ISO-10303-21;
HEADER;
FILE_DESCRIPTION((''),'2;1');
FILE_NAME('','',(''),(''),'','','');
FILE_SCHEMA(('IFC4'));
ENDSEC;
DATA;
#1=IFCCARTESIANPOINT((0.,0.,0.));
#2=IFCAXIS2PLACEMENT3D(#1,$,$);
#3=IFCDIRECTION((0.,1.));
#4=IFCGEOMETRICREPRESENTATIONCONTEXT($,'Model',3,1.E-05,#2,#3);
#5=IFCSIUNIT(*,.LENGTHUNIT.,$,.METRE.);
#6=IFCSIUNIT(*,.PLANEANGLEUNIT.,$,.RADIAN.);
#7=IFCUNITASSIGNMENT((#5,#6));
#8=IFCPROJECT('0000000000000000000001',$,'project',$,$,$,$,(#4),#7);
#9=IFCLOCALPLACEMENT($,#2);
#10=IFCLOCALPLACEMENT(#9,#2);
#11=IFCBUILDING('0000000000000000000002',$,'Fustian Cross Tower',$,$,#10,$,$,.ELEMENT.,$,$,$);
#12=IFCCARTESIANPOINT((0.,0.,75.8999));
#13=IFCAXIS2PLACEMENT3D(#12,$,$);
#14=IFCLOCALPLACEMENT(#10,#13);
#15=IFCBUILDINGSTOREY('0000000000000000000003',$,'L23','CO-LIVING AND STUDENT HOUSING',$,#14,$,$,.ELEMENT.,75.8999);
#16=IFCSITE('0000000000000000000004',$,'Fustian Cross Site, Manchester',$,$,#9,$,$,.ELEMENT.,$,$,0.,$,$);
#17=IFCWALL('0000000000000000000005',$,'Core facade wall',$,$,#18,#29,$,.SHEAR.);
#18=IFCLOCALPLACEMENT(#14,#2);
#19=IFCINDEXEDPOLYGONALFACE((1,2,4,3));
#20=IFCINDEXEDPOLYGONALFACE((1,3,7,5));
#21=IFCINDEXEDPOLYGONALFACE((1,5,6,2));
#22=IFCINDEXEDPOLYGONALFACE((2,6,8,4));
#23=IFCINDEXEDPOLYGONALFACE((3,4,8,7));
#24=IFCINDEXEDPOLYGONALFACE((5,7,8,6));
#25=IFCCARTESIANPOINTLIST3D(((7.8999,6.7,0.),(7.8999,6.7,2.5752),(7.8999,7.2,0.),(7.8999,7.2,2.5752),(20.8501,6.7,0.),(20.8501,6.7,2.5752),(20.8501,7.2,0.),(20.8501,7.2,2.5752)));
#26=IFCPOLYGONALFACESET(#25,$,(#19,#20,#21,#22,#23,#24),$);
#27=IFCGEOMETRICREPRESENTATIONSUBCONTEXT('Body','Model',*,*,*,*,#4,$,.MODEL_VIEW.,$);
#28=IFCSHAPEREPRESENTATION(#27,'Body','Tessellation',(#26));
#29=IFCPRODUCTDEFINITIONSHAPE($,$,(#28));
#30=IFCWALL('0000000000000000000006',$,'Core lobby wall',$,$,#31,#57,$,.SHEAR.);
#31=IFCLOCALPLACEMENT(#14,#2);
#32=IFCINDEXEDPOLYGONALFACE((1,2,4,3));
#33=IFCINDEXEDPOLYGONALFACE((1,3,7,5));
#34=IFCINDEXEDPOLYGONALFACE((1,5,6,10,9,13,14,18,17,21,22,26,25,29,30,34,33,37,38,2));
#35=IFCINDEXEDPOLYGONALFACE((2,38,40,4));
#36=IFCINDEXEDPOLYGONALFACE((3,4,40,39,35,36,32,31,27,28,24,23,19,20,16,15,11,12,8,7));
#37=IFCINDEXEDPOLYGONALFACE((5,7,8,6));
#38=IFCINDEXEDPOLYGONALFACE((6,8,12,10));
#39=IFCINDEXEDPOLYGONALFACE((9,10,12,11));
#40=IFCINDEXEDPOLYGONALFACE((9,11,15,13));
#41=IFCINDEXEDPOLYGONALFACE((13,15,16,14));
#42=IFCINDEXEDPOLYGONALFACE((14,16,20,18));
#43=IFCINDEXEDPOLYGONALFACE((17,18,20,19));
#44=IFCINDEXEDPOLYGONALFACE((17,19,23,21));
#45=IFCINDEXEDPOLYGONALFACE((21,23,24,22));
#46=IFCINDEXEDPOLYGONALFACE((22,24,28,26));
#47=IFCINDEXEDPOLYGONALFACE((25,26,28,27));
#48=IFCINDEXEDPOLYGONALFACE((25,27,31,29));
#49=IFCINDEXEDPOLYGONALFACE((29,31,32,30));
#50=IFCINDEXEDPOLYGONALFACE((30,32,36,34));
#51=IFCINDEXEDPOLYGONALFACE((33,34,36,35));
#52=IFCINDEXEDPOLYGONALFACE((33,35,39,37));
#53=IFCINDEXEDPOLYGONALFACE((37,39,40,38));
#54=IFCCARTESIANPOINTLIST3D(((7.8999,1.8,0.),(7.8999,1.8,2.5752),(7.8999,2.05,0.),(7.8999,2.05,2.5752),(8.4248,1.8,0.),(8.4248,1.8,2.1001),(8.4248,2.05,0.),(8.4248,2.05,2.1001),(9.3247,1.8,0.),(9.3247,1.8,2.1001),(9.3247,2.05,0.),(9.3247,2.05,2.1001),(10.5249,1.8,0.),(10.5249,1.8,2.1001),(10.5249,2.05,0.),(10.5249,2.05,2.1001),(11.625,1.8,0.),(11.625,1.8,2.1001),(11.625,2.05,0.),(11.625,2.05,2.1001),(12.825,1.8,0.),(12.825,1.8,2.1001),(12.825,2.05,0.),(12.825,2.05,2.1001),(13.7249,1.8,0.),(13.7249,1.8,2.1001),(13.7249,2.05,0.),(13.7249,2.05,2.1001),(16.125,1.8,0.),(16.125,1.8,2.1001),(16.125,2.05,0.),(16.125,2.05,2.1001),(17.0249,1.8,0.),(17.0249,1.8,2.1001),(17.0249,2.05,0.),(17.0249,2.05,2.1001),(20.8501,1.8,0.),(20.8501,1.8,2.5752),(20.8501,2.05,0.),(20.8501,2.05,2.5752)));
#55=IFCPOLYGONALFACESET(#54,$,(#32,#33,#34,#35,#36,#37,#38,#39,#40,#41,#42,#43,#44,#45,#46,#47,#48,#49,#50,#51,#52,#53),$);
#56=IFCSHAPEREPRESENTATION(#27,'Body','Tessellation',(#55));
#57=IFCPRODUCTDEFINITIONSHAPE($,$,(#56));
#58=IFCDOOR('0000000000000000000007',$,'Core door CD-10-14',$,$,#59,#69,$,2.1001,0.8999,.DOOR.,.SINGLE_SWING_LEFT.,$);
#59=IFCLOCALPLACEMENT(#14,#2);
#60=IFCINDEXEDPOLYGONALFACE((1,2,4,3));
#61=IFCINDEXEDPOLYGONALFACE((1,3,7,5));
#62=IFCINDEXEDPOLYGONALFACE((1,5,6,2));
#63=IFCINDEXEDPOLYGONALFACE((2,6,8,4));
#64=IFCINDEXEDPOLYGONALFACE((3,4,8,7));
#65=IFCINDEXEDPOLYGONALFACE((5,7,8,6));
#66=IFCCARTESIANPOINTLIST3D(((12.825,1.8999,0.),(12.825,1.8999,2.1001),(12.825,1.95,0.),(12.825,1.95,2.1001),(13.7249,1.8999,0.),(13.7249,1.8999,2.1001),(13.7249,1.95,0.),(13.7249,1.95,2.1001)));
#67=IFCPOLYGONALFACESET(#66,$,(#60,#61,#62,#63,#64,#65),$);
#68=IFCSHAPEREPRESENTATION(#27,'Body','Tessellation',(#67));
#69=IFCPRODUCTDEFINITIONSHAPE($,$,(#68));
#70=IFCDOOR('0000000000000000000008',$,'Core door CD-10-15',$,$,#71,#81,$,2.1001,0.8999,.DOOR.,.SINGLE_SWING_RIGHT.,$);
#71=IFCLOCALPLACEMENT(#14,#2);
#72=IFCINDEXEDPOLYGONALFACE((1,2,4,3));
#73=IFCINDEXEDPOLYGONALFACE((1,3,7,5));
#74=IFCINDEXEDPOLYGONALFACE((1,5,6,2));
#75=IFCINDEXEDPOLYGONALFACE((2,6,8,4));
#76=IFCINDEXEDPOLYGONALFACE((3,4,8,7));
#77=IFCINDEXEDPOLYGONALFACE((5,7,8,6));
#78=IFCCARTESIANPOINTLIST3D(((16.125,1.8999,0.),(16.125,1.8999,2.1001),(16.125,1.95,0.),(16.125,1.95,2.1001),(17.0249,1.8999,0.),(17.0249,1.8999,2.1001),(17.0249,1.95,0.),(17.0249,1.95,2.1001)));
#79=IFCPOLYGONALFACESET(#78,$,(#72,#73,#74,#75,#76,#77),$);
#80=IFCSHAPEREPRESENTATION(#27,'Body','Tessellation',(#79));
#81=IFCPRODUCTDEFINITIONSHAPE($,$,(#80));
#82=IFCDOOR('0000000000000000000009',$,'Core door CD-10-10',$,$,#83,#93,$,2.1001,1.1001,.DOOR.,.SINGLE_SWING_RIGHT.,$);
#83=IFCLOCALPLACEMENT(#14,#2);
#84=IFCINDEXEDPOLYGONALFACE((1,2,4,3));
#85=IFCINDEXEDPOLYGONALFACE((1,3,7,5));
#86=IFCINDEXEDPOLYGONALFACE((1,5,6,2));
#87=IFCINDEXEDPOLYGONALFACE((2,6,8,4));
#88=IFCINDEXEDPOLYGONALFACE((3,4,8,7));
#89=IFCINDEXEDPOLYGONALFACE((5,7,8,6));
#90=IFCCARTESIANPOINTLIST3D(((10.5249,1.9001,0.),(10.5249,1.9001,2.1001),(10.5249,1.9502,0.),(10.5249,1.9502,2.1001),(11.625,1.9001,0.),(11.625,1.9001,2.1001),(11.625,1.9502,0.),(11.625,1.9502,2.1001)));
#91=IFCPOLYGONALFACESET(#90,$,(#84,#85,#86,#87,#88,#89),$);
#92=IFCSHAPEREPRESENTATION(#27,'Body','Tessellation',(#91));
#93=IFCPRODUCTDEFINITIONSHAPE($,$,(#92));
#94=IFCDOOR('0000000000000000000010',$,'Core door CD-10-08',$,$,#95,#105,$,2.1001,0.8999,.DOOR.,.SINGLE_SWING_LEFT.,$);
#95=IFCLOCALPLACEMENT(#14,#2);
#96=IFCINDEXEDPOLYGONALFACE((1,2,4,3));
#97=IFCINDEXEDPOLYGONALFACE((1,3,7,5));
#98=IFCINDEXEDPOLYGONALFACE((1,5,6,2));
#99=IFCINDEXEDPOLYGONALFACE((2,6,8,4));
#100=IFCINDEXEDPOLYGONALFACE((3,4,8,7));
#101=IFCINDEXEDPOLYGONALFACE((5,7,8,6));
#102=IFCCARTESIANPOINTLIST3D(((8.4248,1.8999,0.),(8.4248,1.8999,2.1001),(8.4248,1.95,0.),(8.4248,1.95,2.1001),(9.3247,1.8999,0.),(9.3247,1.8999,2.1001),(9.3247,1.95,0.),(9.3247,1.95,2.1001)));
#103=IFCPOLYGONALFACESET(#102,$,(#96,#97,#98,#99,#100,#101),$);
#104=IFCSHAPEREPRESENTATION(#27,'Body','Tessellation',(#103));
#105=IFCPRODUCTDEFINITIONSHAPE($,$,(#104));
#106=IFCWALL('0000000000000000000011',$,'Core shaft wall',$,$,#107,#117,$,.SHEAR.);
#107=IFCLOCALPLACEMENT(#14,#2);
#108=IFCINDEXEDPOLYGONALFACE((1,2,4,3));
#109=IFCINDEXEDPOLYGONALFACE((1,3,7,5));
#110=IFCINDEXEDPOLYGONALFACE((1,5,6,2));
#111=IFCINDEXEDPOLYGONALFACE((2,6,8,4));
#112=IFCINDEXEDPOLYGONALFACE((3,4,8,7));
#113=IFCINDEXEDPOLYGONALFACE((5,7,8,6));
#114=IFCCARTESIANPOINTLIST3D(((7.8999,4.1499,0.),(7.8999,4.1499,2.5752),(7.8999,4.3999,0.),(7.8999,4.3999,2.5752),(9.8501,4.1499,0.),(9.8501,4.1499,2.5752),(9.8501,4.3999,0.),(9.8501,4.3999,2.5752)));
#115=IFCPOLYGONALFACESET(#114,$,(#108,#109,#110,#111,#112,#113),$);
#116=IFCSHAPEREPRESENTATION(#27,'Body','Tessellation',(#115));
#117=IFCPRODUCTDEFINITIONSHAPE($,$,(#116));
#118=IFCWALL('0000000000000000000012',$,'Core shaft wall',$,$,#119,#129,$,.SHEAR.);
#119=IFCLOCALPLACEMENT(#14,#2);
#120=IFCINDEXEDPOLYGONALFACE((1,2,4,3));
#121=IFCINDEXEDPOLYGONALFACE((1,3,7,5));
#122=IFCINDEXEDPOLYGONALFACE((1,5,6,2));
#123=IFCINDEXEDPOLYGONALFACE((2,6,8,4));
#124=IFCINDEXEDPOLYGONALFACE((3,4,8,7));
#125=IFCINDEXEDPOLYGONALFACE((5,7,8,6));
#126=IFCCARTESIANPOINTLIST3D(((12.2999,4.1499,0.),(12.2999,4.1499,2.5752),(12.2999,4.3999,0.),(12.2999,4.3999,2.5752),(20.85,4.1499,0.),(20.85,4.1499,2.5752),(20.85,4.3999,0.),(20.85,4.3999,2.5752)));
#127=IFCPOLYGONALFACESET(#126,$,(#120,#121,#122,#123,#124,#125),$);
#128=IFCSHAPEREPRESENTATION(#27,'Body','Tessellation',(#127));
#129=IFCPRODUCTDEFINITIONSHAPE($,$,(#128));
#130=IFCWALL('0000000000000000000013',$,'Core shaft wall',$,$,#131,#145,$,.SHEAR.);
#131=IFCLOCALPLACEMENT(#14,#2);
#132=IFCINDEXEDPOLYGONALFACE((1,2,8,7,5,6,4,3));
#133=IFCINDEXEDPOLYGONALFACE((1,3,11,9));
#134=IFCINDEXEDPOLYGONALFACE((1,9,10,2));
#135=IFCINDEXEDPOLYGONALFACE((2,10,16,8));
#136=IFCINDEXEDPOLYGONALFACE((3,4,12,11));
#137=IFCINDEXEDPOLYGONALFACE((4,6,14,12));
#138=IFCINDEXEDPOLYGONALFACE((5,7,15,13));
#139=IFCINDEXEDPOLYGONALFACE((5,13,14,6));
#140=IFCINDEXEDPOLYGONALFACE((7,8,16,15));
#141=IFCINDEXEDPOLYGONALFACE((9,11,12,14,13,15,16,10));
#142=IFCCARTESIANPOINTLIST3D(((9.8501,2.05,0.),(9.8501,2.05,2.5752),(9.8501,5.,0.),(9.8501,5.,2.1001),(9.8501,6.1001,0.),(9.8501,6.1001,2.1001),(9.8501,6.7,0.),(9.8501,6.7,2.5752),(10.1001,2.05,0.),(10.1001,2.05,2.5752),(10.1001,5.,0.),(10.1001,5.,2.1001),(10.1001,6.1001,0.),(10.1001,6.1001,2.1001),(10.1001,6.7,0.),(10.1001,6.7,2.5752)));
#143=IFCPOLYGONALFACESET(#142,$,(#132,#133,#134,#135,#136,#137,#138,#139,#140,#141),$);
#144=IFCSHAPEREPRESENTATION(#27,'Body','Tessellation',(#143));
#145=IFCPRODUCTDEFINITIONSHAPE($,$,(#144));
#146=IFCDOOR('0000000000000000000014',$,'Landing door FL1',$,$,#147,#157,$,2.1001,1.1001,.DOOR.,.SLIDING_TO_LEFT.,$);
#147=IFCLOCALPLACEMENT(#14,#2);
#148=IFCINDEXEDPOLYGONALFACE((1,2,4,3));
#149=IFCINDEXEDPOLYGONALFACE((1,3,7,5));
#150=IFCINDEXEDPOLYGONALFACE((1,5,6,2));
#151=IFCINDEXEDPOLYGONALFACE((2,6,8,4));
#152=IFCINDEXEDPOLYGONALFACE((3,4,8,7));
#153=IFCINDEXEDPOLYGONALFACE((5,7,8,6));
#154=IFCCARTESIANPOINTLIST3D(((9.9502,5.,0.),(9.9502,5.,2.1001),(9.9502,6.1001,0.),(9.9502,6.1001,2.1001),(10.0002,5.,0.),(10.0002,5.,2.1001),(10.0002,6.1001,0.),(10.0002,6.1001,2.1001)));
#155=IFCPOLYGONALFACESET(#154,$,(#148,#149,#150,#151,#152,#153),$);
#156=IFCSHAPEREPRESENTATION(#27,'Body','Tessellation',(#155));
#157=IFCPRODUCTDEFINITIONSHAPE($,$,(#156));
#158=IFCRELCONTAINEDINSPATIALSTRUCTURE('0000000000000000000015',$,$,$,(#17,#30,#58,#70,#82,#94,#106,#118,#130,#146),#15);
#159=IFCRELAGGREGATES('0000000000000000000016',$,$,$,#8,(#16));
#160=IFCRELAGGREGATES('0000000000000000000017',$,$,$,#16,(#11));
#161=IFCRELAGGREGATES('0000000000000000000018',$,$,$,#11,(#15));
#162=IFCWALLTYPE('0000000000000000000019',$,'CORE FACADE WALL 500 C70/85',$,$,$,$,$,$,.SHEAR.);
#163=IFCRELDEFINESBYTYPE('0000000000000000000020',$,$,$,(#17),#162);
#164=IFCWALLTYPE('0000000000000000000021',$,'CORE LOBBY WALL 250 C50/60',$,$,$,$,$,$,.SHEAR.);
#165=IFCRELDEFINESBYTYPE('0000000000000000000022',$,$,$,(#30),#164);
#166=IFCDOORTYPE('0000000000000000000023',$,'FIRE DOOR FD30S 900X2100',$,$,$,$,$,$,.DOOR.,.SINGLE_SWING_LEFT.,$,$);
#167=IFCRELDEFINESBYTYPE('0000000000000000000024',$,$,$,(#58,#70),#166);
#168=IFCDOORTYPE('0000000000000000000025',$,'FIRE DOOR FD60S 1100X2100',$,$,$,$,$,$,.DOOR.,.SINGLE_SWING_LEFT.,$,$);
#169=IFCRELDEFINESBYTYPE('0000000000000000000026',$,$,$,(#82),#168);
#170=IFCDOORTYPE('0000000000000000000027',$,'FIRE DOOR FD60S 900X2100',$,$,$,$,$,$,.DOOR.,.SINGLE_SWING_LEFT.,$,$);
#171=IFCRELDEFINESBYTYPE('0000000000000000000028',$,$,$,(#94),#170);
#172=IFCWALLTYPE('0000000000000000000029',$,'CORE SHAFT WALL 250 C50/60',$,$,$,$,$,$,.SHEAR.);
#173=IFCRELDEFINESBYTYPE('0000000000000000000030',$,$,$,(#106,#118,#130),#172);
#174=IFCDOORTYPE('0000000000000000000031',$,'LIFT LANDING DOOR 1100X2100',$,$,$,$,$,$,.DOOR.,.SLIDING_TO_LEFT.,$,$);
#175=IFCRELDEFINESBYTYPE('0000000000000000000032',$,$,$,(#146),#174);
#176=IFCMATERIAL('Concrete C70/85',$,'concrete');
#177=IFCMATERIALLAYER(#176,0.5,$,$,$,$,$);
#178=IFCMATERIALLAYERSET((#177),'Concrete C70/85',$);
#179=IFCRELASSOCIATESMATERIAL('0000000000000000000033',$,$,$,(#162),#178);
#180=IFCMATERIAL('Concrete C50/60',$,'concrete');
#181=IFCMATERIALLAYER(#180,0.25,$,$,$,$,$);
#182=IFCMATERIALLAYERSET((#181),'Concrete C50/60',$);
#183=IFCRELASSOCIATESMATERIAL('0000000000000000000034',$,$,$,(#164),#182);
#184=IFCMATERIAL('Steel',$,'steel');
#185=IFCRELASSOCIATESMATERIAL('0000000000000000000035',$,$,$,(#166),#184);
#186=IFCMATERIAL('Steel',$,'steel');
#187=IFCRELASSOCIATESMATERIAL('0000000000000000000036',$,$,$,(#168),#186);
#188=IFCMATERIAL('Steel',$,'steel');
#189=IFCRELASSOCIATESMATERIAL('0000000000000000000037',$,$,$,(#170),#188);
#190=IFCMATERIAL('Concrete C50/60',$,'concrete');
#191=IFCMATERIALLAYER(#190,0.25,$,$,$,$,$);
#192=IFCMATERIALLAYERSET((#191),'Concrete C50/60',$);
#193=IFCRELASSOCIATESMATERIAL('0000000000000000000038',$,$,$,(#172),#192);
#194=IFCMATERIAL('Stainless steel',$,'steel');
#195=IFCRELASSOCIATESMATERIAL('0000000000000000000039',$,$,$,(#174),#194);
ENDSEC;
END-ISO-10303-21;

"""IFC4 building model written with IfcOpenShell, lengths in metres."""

from ifc_helpers import new_model, si_unit, direction, frame, frame_2d, origin, place, context, subcontext, project, spatial, rectangle, extrude, material, layer, layer_set, type_object, element, fill, save


model = new_model("IFC4")

# Units and contexts
model_context = context("Model", 3, precision=1e-05, world=origin(), true_north=direction((0.0, 1.0)))
body_context = subcontext(model_context, "Body", "Model", "MODEL_VIEW")
ifc_project = project(units=[si_unit("LENGTHUNIT", "METRE"), si_unit("PLANEANGLEUNIT", "RADIAN")], contexts=[model_context])

# Site, building, storey
site_placement = place(None, origin())
site = spatial("IfcSite", under=ifc_project, at=site_placement, Name="Fustian Cross Site, Manchester", CompositionType="ELEMENT", RefElevation=0.0)
building_placement = place(site_placement, origin())
building = spatial("IfcBuilding", under=site, at=building_placement, Name="Fustian Cross Tower", CompositionType="ELEMENT")
storey_placement = place(building_placement, frame((0.0, 0.0, 75.8999)))
storey = spatial("IfcBuildingStorey", under=building, at=storey_placement, Name="L23", Description="CO-LIVING AND STUDENT HOUSING", CompositionType="ELEMENT", Elevation=75.8999)

# Wall
ifc_material_1 = material(Name="Concrete C70/85", Category="concrete")
ifc_layer_1 = layer(ifc_material_1, 0.5)
ifc_layer_set_1 = layer_set([ifc_layer_1], Name="Concrete C70/85")
wall_type_1 = type_object("IfcWallType", Name="CORE FACADE WALL 500 C70/85", PredefinedType="SHEAR", material=ifc_layer_set_1)
wall_1_placement = place(storey_placement, frame((7.8999, 6.95, 0.0), z_axis=(0.0, 0.0, 1.0), x_axis=(1.0, 0.0, 0.0)))
element("IfcWall", 1, at=wall_1_placement, inside=storey, type_object=wall_type_1, Name="Core facade wall", PredefinedType="SHEAR", context=body_context, shape_type="SweptSolid", body=[
    extrude(rectangle(XDim=12.9502, YDim=0.5, at=frame_2d((6.4751, 0.0))), origin(), (0.0, 0.0, 1.0), 2.5752),
])

# Wall, openings, doors
ifc_material_2 = material(Name="Concrete C50/60", Category="concrete")
ifc_layer_2 = layer(ifc_material_2, 0.25)
ifc_layer_set_2 = layer_set([ifc_layer_2], Name="Concrete C50/60")
wall_type_2 = type_object("IfcWallType", Name="CORE LOBBY WALL 250 C50/60", PredefinedType="SHEAR", material=ifc_layer_set_2)
wall_2_placement = place(storey_placement, frame((7.8999, 1.925, 0.0), z_axis=(0.0, 0.0, 1.0), x_axis=(1.0, 0.0, 0.0)))
wall_2 = element("IfcWall", 2, at=wall_2_placement, inside=storey, type_object=wall_type_2, Name="Core lobby wall", PredefinedType="SHEAR", context=body_context, shape_type="SweptSolid", body=[
    extrude(rectangle(XDim=12.9502, YDim=0.25, at=frame_2d((6.4751, 0.0))), origin(), (0.0, 0.0, 1.0), 2.5752),
])
opening_1_placement = place(wall_2_placement, frame((0.5249, 0.0, 0.0)))
opening_1 = element("IfcOpeningElement", 3, at=opening_1_placement, cuts=wall_2, PredefinedType="OPENING", context=body_context, shape_type="SweptSolid", body=[
    extrude(rectangle(XDim=0.8999, YDim=2.1001, at=frame_2d((0.45, 1.05))), frame((0.0, 0.135, 0.0), z_axis=(0.0, -1.0, 0.0), x_axis=(1.0, 0.0, 0.0)), (0.0, 0.0, 1.0), 0.27),
])
opening_2_placement = place(wall_2_placement, frame((2.625, 0.0, 0.0)))
opening_2 = element("IfcOpeningElement", 4, at=opening_2_placement, cuts=wall_2, PredefinedType="OPENING", context=body_context, shape_type="SweptSolid", body=[
    extrude(rectangle(XDim=1.1001, YDim=2.1001, at=frame_2d((0.55, 1.05))), frame((0.0, 0.135, 0.0), z_axis=(0.0, -1.0, 0.0), x_axis=(1.0, 0.0, 0.0)), (0.0, 0.0, 1.0), 0.27),
])
opening_3_placement = place(wall_2_placement, frame((4.925, 0.0, 0.0)))
opening_3 = element("IfcOpeningElement", 5, at=opening_3_placement, cuts=wall_2, PredefinedType="OPENING", context=body_context, shape_type="SweptSolid", body=[
    extrude(rectangle(XDim=0.8999, YDim=2.1001, at=frame_2d((0.45, 1.05))), frame((0.0, 0.135, 0.0), z_axis=(0.0, -1.0, 0.0), x_axis=(1.0, 0.0, 0.0)), (0.0, 0.0, 1.0), 0.27),
])
opening_4_placement = place(wall_2_placement, frame((8.2251, 0.0, 0.0)))
opening_4 = element("IfcOpeningElement", 6, at=opening_4_placement, cuts=wall_2, PredefinedType="OPENING", context=body_context, shape_type="SweptSolid", body=[
    extrude(rectangle(XDim=0.8999, YDim=2.1001, at=frame_2d((0.45, 1.05))), frame((0.0, 0.135, 0.0), z_axis=(0.0, -1.0, 0.0), x_axis=(1.0, 0.0, 0.0)), (0.0, 0.0, 1.0), 0.27),
])
ifc_material_3 = material(Name="Steel", Category="steel")
door_type_1 = type_object("IfcDoorType", Name="FIRE DOOR FD30S 900X2100", OperationType="SINGLE_SWING_LEFT", PredefinedType="DOOR", material=ifc_material_3)
door_1_placement = place(opening_3_placement, origin())
door_1 = element("IfcDoor", 7, at=door_1_placement, inside=storey, type_object=door_type_1, Name="Core door CD-10-14", OperationType="SINGLE_SWING_LEFT", OverallHeight=2.1001, OverallWidth=0.8999, PredefinedType="DOOR", context=body_context, shape_type="SweptSolid", body=[
    extrude(rectangle(XDim=0.8999, YDim=2.1001, at=frame_2d((0.45, 1.05))), frame((0.0, 0.0249, 0.0), z_axis=(0.0, -1.0, 0.0), x_axis=(1.0, 0.0, 0.0)), (0.0, 0.0, 1.0), 0.05),
])
fill(opening_3, door_1)
door_2_placement = place(opening_4_placement, origin())
door_2 = element("IfcDoor", 8, at=door_2_placement, inside=storey, type_object=door_type_1, Name="Core door CD-10-15", OperationType="SINGLE_SWING_RIGHT", OverallHeight=2.1001, OverallWidth=0.8999, PredefinedType="DOOR", context=body_context, shape_type="SweptSolid", body=[
    extrude(rectangle(XDim=0.8999, YDim=2.1001, at=frame_2d((0.45, 1.05))), frame((0.0, 0.0249, 0.0), z_axis=(0.0, -1.0, 0.0), x_axis=(1.0, 0.0, 0.0)), (0.0, 0.0, 1.0), 0.05),
])
fill(opening_4, door_2)
ifc_material_4 = material(Name="Steel", Category="steel")
door_type_2 = type_object("IfcDoorType", Name="FIRE DOOR FD60S 1100X2100", OperationType="SINGLE_SWING_LEFT", PredefinedType="DOOR", material=ifc_material_4)
door_3_placement = place(opening_2_placement, frame((1.1001, 0.0, 0.0), z_axis=(0.0, 0.0, 1.0), x_axis=(-1.0, 0.0, 0.0)))
door_3 = element("IfcDoor", 9, at=door_3_placement, inside=storey, type_object=door_type_2, Name="Core door CD-10-10", OperationType="SINGLE_SWING_RIGHT", OverallHeight=2.1001, OverallWidth=1.1001, PredefinedType="DOOR", context=body_context, shape_type="SweptSolid", body=[
    extrude(rectangle(XDim=1.1001, YDim=2.1001, at=frame_2d((0.55, 1.05))), frame((0.0, 0.0249, 0.0), z_axis=(0.0, -1.0, 0.0), x_axis=(1.0, 0.0, 0.0)), (0.0, 0.0, 1.0), 0.05),
])
fill(opening_2, door_3)
ifc_material_5 = material(Name="Steel", Category="steel")
door_type_3 = type_object("IfcDoorType", Name="FIRE DOOR FD60S 900X2100", OperationType="SINGLE_SWING_LEFT", PredefinedType="DOOR", material=ifc_material_5)
door_4_placement = place(opening_1_placement, origin())
door_4 = element("IfcDoor", 10, at=door_4_placement, inside=storey, type_object=door_type_3, Name="Core door CD-10-08", OperationType="SINGLE_SWING_LEFT", OverallHeight=2.1001, OverallWidth=0.8999, PredefinedType="DOOR", context=body_context, shape_type="SweptSolid", body=[
    extrude(rectangle(XDim=0.8999, YDim=2.1001, at=frame_2d((0.45, 1.05))), frame((0.0, 0.0249, 0.0), z_axis=(0.0, -1.0, 0.0), x_axis=(1.0, 0.0, 0.0)), (0.0, 0.0, 1.0), 0.05),
])
fill(opening_1, door_4)

# Walls
ifc_material_6 = material(Name="Concrete C50/60", Category="concrete")
ifc_layer_3 = layer(ifc_material_6, 0.25)
ifc_layer_set_3 = layer_set([ifc_layer_3], Name="Concrete C50/60")
wall_type_3 = type_object("IfcWallType", Name="CORE SHAFT WALL 250 C50/60", PredefinedType="SHEAR", material=ifc_layer_set_3)
wall_3_placement = place(storey_placement, frame((7.8999, 4.2749, 0.0), z_axis=(0.0, 0.0, 1.0), x_axis=(1.0, 0.0, 0.0)))
element("IfcWall", 11, at=wall_3_placement, inside=storey, type_object=wall_type_3, Name="Core shaft wall", PredefinedType="SHEAR", context=body_context, shape_type="SweptSolid", body=[
    extrude(rectangle(XDim=1.9502, YDim=0.25, at=frame_2d((0.9751, 0.0))), origin(), (0.0, 0.0, 1.0), 2.5752),
])
wall_4_placement = place(storey_placement, frame((12.3, 4.2749, 0.0), z_axis=(0.0, 0.0, 1.0), x_axis=(1.0, 0.0, 0.0)))
element("IfcWall", 12, at=wall_4_placement, inside=storey, type_object=wall_type_3, Name="Core shaft wall", PredefinedType="SHEAR", context=body_context, shape_type="SweptSolid", body=[
    extrude(rectangle(XDim=8.55, YDim=0.25, at=frame_2d((4.2749, 0.0))), origin(), (0.0, 0.0, 1.0), 2.5752),
])

# Wall, opening, door
wall_5_placement = place(storey_placement, frame((9.9751, 2.05, 0.0), z_axis=(0.0, 0.0, 1.0), x_axis=(0.0, 1.0, 0.0)))
wall_5 = element("IfcWall", 13, at=wall_5_placement, inside=storey, type_object=wall_type_3, Name="Core shaft wall", PredefinedType="SHEAR", context=body_context, shape_type="SweptSolid", body=[
    extrude(rectangle(XDim=4.6499, YDim=0.25, at=frame_2d((2.325, 0.0))), origin(), (0.0, 0.0, 1.0), 2.5752),
])
opening_5_placement = place(wall_5_placement, frame((2.95, 0.0, 0.0)))
opening_5 = element("IfcOpeningElement", 14, at=opening_5_placement, cuts=wall_5, PredefinedType="OPENING", context=body_context, shape_type="SweptSolid", body=[
    extrude(rectangle(XDim=1.1001, YDim=2.1001, at=frame_2d((0.55, 1.05))), frame((0.0, 0.135, 0.0), z_axis=(0.0, -1.0, 0.0), x_axis=(1.0, 0.0, 0.0)), (0.0, 0.0, 1.0), 0.27),
])
ifc_material_7 = material(Name="Stainless steel", Category="steel")
door_type_4 = type_object("IfcDoorType", Name="LIFT LANDING DOOR 1100X2100", OperationType="SLIDING_TO_LEFT", PredefinedType="DOOR", material=ifc_material_7)
door_5_placement = place(opening_5_placement, origin())
door_5 = element("IfcDoor", 15, at=door_5_placement, inside=storey, type_object=door_type_4, Name="Landing door FL1", OperationType="SLIDING_TO_LEFT", OverallHeight=2.1001, OverallWidth=1.1001, PredefinedType="DOOR", context=body_context, shape_type="SweptSolid", body=[
    extrude(rectangle(XDim=1.1001, YDim=2.1001, at=frame_2d((0.55, 1.05))), frame((0.0, 0.0249, 0.0), z_axis=(0.0, -1.0, 0.0), x_axis=(1.0, 0.0, 0.0)), (0.0, 0.0, 1.0), 0.05),
])
fill(opening_5, door_5)

save(model, "model.ifc")
